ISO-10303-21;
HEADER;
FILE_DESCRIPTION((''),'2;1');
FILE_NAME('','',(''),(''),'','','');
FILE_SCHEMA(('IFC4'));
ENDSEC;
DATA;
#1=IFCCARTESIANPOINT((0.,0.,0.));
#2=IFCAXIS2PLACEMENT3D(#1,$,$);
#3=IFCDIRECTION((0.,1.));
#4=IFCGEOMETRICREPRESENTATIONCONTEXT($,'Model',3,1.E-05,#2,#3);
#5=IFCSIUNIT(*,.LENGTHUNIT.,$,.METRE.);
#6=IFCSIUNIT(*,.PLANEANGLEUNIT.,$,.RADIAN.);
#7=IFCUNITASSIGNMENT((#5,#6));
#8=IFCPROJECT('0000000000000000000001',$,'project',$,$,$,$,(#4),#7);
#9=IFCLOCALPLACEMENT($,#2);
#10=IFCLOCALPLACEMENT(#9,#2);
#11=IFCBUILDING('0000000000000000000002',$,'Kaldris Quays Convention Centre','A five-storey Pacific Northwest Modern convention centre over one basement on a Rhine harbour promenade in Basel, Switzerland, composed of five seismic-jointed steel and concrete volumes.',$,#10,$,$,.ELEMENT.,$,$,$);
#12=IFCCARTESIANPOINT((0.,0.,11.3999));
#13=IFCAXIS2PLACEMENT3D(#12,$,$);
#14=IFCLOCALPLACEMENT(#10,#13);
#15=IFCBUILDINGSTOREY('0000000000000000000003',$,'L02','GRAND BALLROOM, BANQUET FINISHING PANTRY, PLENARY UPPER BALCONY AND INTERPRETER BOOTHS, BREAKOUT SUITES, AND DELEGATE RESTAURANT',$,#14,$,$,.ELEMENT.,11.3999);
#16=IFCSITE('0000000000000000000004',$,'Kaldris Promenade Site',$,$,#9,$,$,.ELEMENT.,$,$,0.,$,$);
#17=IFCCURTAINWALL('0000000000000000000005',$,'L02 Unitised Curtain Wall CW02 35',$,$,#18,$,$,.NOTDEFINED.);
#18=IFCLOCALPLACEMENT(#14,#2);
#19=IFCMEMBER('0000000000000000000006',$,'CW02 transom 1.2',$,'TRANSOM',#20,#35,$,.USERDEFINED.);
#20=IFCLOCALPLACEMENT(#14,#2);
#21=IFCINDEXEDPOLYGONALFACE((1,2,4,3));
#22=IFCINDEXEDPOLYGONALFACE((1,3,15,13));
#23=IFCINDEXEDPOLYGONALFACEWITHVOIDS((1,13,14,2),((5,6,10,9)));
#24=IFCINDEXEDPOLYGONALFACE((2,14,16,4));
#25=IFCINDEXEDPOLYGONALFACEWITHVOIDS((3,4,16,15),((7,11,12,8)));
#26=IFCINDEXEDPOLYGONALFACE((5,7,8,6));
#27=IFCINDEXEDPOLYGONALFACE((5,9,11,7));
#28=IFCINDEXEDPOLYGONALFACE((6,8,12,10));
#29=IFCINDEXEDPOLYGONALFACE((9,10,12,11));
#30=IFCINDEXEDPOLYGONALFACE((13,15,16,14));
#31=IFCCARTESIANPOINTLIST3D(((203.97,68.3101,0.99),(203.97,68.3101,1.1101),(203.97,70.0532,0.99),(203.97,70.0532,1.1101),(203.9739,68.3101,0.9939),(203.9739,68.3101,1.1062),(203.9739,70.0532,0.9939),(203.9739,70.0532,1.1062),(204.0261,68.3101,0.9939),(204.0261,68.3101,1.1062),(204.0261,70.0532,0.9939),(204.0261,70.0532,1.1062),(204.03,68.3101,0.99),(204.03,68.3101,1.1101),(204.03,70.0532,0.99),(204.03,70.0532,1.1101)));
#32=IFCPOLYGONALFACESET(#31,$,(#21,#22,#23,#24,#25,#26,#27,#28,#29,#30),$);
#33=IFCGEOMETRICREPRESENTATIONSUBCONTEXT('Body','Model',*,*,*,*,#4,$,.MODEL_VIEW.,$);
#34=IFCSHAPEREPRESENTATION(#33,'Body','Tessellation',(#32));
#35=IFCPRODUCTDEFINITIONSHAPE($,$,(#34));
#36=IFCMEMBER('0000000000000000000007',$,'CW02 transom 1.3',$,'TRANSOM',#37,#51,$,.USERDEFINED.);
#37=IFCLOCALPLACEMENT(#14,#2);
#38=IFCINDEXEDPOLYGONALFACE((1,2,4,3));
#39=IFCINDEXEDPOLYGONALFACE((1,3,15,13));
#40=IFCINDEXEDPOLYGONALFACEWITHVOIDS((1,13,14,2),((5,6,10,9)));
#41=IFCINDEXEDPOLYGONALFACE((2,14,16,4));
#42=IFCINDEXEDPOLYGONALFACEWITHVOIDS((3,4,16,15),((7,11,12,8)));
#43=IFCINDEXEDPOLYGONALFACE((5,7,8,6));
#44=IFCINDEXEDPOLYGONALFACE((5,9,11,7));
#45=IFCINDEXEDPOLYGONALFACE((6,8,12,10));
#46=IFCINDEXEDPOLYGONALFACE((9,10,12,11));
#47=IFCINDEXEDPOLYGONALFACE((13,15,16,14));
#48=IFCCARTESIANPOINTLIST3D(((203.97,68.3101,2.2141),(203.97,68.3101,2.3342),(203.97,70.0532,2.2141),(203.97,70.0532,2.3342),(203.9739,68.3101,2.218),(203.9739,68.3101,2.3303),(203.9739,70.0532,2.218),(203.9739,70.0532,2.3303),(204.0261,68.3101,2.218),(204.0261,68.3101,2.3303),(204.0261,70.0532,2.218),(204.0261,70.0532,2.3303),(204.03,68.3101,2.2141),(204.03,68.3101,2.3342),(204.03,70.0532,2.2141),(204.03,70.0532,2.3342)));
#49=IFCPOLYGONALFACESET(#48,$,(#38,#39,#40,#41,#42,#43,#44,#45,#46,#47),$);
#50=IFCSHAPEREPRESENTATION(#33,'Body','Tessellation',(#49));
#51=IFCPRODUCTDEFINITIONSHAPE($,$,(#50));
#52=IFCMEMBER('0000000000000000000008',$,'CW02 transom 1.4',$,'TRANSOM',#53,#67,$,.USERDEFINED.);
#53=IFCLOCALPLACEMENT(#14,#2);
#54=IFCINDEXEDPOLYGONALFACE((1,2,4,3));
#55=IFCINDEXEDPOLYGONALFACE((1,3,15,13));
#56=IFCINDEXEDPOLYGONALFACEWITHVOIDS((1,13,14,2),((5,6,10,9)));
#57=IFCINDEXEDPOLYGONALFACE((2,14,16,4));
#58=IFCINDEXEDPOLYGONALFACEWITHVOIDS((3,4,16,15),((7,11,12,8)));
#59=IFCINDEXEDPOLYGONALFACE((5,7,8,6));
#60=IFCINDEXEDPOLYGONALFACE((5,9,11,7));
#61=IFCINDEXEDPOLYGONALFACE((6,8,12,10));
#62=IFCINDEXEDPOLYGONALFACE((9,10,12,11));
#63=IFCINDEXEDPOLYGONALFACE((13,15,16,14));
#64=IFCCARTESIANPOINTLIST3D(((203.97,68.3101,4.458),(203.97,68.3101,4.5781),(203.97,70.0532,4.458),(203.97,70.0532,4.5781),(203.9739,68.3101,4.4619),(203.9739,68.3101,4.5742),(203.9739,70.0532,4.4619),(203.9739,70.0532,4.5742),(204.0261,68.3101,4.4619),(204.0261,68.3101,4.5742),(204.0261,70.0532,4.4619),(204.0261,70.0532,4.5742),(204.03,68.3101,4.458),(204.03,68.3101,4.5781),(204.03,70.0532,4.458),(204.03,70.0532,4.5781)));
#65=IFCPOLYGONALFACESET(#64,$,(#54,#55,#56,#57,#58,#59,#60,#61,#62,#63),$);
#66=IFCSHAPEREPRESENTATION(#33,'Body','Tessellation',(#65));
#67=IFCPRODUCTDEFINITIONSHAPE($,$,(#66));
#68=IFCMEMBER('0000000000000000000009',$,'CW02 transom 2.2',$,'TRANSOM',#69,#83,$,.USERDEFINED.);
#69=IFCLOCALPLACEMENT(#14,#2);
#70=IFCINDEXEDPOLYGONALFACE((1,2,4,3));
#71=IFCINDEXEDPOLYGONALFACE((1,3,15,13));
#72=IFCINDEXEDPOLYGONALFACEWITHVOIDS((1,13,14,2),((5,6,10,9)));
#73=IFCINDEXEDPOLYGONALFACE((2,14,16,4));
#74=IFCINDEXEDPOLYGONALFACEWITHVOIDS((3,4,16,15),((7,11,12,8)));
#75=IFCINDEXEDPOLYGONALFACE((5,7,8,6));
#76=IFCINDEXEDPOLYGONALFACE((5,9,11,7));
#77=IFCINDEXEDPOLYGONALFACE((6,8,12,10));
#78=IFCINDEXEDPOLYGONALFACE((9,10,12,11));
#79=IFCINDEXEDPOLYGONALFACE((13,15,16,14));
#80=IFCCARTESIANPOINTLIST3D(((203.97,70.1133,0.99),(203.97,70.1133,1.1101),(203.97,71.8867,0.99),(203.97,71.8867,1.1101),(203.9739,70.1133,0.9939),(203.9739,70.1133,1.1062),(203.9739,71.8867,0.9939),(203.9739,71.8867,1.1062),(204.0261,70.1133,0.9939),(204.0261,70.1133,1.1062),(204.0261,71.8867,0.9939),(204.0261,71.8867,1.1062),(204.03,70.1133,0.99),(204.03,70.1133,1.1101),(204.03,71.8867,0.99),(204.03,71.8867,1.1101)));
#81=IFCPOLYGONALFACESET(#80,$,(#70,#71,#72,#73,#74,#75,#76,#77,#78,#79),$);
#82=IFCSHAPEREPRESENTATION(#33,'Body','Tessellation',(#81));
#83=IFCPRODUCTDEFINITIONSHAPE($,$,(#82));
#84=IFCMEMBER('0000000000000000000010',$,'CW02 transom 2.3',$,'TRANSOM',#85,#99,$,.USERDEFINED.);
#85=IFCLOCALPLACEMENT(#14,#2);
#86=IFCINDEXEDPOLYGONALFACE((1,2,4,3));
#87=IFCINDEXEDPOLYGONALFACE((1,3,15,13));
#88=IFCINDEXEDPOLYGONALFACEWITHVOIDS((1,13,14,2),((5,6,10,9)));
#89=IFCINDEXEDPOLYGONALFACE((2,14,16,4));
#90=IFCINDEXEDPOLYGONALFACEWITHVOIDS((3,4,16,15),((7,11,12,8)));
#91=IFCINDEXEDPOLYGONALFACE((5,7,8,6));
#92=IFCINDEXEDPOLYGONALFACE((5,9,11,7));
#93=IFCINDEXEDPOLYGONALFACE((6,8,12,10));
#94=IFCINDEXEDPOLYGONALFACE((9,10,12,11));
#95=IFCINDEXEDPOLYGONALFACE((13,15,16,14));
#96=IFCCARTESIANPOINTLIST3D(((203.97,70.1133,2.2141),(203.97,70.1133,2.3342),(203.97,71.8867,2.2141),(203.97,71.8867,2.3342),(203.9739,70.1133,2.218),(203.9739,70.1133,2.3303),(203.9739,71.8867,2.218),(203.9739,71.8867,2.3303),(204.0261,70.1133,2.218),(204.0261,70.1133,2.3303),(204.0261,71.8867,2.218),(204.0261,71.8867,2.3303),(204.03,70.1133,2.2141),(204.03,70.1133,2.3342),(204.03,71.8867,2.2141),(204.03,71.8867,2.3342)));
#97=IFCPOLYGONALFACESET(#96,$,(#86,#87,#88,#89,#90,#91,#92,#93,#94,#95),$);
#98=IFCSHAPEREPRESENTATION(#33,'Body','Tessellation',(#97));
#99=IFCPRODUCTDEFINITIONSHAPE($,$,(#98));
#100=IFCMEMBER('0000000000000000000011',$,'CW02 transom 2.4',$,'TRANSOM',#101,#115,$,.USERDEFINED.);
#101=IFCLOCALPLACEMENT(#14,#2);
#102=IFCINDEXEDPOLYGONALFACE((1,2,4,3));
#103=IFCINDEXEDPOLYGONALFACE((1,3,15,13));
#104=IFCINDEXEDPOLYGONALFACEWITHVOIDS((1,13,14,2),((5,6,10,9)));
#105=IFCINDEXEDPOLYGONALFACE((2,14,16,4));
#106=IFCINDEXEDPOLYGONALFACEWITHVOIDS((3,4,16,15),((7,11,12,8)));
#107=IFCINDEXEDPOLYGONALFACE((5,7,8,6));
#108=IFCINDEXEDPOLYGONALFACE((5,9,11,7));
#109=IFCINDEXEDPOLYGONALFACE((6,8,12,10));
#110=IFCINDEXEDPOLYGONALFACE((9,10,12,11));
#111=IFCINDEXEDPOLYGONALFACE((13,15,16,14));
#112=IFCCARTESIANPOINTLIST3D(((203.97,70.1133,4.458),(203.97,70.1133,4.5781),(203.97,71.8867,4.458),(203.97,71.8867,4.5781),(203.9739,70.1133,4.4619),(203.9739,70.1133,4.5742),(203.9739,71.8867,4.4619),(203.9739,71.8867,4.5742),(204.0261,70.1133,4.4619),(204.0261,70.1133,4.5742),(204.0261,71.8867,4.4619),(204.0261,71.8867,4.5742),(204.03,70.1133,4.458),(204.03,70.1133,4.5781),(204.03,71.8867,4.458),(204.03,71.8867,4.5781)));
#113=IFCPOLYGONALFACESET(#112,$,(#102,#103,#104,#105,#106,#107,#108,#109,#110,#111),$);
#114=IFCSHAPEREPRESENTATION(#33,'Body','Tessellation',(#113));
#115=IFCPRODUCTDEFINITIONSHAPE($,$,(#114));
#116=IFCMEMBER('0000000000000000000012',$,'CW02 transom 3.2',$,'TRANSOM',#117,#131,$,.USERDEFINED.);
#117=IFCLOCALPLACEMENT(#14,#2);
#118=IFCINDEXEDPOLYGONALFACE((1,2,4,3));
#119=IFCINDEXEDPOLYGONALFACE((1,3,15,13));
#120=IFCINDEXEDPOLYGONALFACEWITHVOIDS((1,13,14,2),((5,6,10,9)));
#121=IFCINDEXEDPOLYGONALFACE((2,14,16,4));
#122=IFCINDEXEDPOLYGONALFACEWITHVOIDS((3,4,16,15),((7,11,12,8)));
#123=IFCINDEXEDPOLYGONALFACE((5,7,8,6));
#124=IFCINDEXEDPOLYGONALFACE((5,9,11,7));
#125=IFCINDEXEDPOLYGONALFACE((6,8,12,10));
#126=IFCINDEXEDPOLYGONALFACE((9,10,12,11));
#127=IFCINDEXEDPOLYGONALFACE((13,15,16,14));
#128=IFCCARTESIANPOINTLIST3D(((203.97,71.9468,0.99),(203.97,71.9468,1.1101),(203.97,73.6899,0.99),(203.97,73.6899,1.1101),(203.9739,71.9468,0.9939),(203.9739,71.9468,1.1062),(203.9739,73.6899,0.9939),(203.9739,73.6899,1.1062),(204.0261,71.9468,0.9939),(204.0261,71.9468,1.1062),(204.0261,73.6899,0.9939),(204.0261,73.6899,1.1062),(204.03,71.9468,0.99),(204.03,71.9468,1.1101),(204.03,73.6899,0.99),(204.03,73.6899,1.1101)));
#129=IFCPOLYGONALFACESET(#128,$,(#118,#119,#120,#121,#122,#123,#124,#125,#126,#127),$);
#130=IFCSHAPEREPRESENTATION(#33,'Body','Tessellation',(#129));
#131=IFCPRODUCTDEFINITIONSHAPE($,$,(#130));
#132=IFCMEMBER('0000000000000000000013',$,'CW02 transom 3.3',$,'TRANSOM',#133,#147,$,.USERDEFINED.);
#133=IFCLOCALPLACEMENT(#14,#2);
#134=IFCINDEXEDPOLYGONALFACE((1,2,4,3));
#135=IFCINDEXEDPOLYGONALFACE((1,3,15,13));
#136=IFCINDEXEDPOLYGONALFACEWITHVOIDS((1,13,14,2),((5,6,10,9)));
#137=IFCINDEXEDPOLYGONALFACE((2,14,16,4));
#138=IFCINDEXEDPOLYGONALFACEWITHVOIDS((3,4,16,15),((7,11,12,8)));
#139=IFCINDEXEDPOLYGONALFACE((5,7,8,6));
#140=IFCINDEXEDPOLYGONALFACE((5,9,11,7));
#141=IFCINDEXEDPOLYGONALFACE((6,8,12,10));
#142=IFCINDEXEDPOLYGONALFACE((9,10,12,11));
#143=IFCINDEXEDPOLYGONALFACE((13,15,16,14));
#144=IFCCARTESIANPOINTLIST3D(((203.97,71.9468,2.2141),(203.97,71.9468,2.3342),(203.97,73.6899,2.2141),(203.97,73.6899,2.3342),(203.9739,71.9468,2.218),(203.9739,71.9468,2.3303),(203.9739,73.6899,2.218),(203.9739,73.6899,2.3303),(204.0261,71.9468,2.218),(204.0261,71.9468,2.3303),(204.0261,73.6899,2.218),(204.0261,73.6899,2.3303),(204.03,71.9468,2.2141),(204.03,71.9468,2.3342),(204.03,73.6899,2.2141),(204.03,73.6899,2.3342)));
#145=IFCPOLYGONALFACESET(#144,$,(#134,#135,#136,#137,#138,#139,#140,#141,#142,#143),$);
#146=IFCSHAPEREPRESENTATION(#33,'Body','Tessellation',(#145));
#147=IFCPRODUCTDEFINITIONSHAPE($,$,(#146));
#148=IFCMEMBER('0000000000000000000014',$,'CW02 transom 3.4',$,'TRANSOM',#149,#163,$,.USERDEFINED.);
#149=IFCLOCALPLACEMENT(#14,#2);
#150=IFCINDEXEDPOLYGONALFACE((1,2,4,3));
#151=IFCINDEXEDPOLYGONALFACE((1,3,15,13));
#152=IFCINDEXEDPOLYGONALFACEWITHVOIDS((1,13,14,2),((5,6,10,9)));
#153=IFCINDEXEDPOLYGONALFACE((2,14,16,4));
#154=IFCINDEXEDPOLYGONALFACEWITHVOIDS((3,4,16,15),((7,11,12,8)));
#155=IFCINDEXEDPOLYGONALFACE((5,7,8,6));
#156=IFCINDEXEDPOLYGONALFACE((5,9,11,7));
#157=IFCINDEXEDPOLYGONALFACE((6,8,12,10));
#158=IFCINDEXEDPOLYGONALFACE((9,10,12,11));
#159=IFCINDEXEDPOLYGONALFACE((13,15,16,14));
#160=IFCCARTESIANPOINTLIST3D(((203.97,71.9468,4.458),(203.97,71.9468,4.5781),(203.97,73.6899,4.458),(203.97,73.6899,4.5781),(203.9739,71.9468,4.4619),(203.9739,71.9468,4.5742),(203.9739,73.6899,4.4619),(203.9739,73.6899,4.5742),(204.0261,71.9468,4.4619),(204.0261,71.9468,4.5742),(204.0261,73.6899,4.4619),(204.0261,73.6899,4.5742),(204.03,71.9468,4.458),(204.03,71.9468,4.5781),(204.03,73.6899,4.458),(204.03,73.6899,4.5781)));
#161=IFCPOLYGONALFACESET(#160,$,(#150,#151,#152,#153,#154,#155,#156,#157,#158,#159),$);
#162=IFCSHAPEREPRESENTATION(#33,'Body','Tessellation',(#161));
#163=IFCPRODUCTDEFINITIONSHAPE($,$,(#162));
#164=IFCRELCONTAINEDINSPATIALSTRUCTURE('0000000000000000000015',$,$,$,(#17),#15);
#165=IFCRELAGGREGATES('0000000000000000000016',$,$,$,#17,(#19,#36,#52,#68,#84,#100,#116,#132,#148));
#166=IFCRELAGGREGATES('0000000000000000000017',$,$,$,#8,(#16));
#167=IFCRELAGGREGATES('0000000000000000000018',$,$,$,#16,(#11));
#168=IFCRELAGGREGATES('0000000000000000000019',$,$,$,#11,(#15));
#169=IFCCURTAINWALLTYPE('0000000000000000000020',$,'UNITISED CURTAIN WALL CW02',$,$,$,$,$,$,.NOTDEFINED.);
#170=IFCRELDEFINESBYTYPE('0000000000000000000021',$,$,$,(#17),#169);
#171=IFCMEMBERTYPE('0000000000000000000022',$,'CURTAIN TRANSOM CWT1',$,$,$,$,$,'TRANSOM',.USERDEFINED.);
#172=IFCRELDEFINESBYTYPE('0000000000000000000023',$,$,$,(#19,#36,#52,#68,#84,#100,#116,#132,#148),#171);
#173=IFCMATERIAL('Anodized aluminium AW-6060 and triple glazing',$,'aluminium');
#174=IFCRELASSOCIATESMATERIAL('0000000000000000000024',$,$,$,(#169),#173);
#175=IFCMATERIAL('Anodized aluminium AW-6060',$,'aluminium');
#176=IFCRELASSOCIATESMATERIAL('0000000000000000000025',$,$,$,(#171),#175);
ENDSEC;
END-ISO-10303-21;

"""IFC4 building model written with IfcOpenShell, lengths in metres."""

from ifc_helpers import new_model, si_unit, direction, frame, origin, origin_2d, place, context, subcontext, project, spatial, hollow_rectangle, extrude, material, material_profile, profile_set, type_object, element, aggregate, save


model = new_model("IFC4")

# Units and contexts
model_context = context("Model", 3, precision=1e-05, world=origin(), true_north=direction((0.0, 1.0)))
body_context = subcontext(model_context, "Body", "Model", "MODEL_VIEW")
ifc_project = project(units=[si_unit("LENGTHUNIT", "METRE"), si_unit("PLANEANGLEUNIT", "RADIAN")], contexts=[model_context])

# Site, building, storey
site_placement = place(None, origin())
site = spatial("IfcSite", under=ifc_project, at=site_placement, Name="Kaldris Promenade Site", CompositionType="ELEMENT", RefElevation=0.0)
building_placement = place(site_placement, origin())
building = spatial("IfcBuilding", under=site, at=building_placement, Name="Kaldris Quays Convention Centre", Description="A five-storey Pacific Northwest Modern convention centre over one basement on a Rhine harbour promenade in Basel, Switzerland, composed of five seismic-jointed steel and concrete volumes.", CompositionType="ELEMENT")
storey_placement = place(building_placement, frame((0.0, 0.0, 11.3999)))
storey = spatial("IfcBuildingStorey", under=building, at=storey_placement, Name="L02", Description="GRAND BALLROOM, BANQUET FINISHING PANTRY, PLENARY UPPER BALCONY AND INTERPRETER BOOTHS, BREAKOUT SUITES, AND DELEGATE RESTAURANT", CompositionType="ELEMENT", Elevation=11.3999)

# Curtain wall, members
ifc_material_1 = material(Name="Anodized aluminium AW-6060 and triple glazing", Category="aluminium")
curtain_wall_type = type_object("IfcCurtainWallType", Name="UNITISED CURTAIN WALL CW02", PredefinedType="NOTDEFINED", material=ifc_material_1)
curtain_wall_placement = place(storey_placement, origin())
curtain_wall = element("IfcCurtainWall", 1, at=curtain_wall_placement, inside=storey, type_object=curtain_wall_type, Name="L02 Unitised Curtain Wall CW02 35", PredefinedType="NOTDEFINED")
ifc_material_2 = material(Name="Anodized aluminium AW-6060", Category="aluminium")
ifc_material_profile_1 = material_profile(ifc_material_2, hollow_rectangle(XDim=0.0601, YDim=0.1201, WallThickness=0.0039, at=origin_2d()), Name="RHS 120x60x4")
ifc_profile_set_1 = profile_set([ifc_material_profile_1], Name="Anodized aluminium AW-6060")
member_type = type_object("IfcMemberType", Name="CURTAIN TRANSOM CWT1", ElementType="TRANSOM", PredefinedType="USERDEFINED", material=ifc_profile_set_1)
member_1_placement = place(storey_placement, frame((204.0, 68.3101, 1.05), z_axis=(0.0, 1.0, 0.0), x_axis=(-1.0, 0.0, 0.0)))
member_1 = element("IfcMember", 2, at=member_1_placement, type_object=member_type, Name="CW02 transom 1.2", ObjectType="TRANSOM", PredefinedType="USERDEFINED", context=body_context, shape_type="SweptSolid", body=[
    extrude(hollow_rectangle(XDim=0.0601, YDim=0.1201, WallThickness=0.0039, at=origin_2d()), origin(), (0.0, 0.0, 1.0), 1.7432),
])
member_2_placement = place(storey_placement, frame((204.0, 68.3101, 2.2742), z_axis=(0.0, 1.0, 0.0), x_axis=(-1.0, 0.0, 0.0)))
member_2 = element("IfcMember", 3, at=member_2_placement, type_object=member_type, Name="CW02 transom 1.3", ObjectType="TRANSOM", PredefinedType="USERDEFINED", context=body_context, shape_type="SweptSolid", body=[
    extrude(hollow_rectangle(XDim=0.0601, YDim=0.1201, WallThickness=0.0039, at=origin_2d()), origin(), (0.0, 0.0, 1.0), 1.7432),
])
member_3_placement = place(storey_placement, frame((204.0, 68.3101, 4.5181), z_axis=(0.0, 1.0, 0.0), x_axis=(-1.0, 0.0, 0.0)))
member_3 = element("IfcMember", 4, at=member_3_placement, type_object=member_type, Name="CW02 transom 1.4", ObjectType="TRANSOM", PredefinedType="USERDEFINED", context=body_context, shape_type="SweptSolid", body=[
    extrude(hollow_rectangle(XDim=0.0601, YDim=0.1201, WallThickness=0.0039, at=origin_2d()), origin(), (0.0, 0.0, 1.0), 1.7432),
])
member_4_placement = place(storey_placement, frame((204.0, 70.1133, 1.05), z_axis=(0.0, 1.0, 0.0), x_axis=(-1.0, 0.0, 0.0)))
member_4 = element("IfcMember", 5, at=member_4_placement, type_object=member_type, Name="CW02 transom 2.2", ObjectType="TRANSOM", PredefinedType="USERDEFINED", context=body_context, shape_type="SweptSolid", body=[
    extrude(hollow_rectangle(XDim=0.0601, YDim=0.1201, WallThickness=0.0039, at=origin_2d()), origin(), (0.0, 0.0, 1.0), 1.7734),
])
member_5_placement = place(storey_placement, frame((204.0, 70.1133, 2.2742), z_axis=(0.0, 1.0, 0.0), x_axis=(-1.0, 0.0, 0.0)))
member_5 = element("IfcMember", 6, at=member_5_placement, type_object=member_type, Name="CW02 transom 2.3", ObjectType="TRANSOM", PredefinedType="USERDEFINED", context=body_context, shape_type="SweptSolid", body=[
    extrude(hollow_rectangle(XDim=0.0601, YDim=0.1201, WallThickness=0.0039, at=origin_2d()), origin(), (0.0, 0.0, 1.0), 1.7734),
])
member_6_placement = place(storey_placement, frame((204.0, 70.1133, 4.5181), z_axis=(0.0, 1.0, 0.0), x_axis=(-1.0, 0.0, 0.0)))
member_6 = element("IfcMember", 7, at=member_6_placement, type_object=member_type, Name="CW02 transom 2.4", ObjectType="TRANSOM", PredefinedType="USERDEFINED", context=body_context, shape_type="SweptSolid", body=[
    extrude(hollow_rectangle(XDim=0.0601, YDim=0.1201, WallThickness=0.0039, at=origin_2d()), origin(), (0.0, 0.0, 1.0), 1.7734),
])
member_7_placement = place(storey_placement, frame((204.0, 71.9468, 1.05), z_axis=(0.0, 1.0, 0.0), x_axis=(-1.0, 0.0, 0.0)))
member_7 = element("IfcMember", 8, at=member_7_placement, type_object=member_type, Name="CW02 transom 3.2", ObjectType="TRANSOM", PredefinedType="USERDEFINED", context=body_context, shape_type="SweptSolid", body=[
    extrude(hollow_rectangle(XDim=0.0601, YDim=0.1201, WallThickness=0.0039, at=origin_2d()), origin(), (0.0, 0.0, 1.0), 1.7432),
])
member_8_placement = place(storey_placement, frame((204.0, 71.9468, 2.2742), z_axis=(0.0, 1.0, 0.0), x_axis=(-1.0, 0.0, 0.0)))
member_8 = element("IfcMember", 9, at=member_8_placement, type_object=member_type, Name="CW02 transom 3.3", ObjectType="TRANSOM", PredefinedType="USERDEFINED", context=body_context, shape_type="SweptSolid", body=[
    extrude(hollow_rectangle(XDim=0.0601, YDim=0.1201, WallThickness=0.0039, at=origin_2d()), origin(), (0.0, 0.0, 1.0), 1.7432),
])
member_9_placement = place(storey_placement, frame((204.0, 71.9468, 4.5181), z_axis=(0.0, 1.0, 0.0), x_axis=(-1.0, 0.0, 0.0)))
member_9 = element("IfcMember", 10, at=member_9_placement, type_object=member_type, Name="CW02 transom 3.4", ObjectType="TRANSOM", PredefinedType="USERDEFINED", context=body_context, shape_type="SweptSolid", body=[
    extrude(hollow_rectangle(XDim=0.0601, YDim=0.1201, WallThickness=0.0039, at=origin_2d()), origin(), (0.0, 0.0, 1.0), 1.7432),
])

aggregate(curtain_wall, [member_1, member_2, member_3, member_4, member_5, member_6, member_7, member_8, member_9])

save(model, "model.ifc")
